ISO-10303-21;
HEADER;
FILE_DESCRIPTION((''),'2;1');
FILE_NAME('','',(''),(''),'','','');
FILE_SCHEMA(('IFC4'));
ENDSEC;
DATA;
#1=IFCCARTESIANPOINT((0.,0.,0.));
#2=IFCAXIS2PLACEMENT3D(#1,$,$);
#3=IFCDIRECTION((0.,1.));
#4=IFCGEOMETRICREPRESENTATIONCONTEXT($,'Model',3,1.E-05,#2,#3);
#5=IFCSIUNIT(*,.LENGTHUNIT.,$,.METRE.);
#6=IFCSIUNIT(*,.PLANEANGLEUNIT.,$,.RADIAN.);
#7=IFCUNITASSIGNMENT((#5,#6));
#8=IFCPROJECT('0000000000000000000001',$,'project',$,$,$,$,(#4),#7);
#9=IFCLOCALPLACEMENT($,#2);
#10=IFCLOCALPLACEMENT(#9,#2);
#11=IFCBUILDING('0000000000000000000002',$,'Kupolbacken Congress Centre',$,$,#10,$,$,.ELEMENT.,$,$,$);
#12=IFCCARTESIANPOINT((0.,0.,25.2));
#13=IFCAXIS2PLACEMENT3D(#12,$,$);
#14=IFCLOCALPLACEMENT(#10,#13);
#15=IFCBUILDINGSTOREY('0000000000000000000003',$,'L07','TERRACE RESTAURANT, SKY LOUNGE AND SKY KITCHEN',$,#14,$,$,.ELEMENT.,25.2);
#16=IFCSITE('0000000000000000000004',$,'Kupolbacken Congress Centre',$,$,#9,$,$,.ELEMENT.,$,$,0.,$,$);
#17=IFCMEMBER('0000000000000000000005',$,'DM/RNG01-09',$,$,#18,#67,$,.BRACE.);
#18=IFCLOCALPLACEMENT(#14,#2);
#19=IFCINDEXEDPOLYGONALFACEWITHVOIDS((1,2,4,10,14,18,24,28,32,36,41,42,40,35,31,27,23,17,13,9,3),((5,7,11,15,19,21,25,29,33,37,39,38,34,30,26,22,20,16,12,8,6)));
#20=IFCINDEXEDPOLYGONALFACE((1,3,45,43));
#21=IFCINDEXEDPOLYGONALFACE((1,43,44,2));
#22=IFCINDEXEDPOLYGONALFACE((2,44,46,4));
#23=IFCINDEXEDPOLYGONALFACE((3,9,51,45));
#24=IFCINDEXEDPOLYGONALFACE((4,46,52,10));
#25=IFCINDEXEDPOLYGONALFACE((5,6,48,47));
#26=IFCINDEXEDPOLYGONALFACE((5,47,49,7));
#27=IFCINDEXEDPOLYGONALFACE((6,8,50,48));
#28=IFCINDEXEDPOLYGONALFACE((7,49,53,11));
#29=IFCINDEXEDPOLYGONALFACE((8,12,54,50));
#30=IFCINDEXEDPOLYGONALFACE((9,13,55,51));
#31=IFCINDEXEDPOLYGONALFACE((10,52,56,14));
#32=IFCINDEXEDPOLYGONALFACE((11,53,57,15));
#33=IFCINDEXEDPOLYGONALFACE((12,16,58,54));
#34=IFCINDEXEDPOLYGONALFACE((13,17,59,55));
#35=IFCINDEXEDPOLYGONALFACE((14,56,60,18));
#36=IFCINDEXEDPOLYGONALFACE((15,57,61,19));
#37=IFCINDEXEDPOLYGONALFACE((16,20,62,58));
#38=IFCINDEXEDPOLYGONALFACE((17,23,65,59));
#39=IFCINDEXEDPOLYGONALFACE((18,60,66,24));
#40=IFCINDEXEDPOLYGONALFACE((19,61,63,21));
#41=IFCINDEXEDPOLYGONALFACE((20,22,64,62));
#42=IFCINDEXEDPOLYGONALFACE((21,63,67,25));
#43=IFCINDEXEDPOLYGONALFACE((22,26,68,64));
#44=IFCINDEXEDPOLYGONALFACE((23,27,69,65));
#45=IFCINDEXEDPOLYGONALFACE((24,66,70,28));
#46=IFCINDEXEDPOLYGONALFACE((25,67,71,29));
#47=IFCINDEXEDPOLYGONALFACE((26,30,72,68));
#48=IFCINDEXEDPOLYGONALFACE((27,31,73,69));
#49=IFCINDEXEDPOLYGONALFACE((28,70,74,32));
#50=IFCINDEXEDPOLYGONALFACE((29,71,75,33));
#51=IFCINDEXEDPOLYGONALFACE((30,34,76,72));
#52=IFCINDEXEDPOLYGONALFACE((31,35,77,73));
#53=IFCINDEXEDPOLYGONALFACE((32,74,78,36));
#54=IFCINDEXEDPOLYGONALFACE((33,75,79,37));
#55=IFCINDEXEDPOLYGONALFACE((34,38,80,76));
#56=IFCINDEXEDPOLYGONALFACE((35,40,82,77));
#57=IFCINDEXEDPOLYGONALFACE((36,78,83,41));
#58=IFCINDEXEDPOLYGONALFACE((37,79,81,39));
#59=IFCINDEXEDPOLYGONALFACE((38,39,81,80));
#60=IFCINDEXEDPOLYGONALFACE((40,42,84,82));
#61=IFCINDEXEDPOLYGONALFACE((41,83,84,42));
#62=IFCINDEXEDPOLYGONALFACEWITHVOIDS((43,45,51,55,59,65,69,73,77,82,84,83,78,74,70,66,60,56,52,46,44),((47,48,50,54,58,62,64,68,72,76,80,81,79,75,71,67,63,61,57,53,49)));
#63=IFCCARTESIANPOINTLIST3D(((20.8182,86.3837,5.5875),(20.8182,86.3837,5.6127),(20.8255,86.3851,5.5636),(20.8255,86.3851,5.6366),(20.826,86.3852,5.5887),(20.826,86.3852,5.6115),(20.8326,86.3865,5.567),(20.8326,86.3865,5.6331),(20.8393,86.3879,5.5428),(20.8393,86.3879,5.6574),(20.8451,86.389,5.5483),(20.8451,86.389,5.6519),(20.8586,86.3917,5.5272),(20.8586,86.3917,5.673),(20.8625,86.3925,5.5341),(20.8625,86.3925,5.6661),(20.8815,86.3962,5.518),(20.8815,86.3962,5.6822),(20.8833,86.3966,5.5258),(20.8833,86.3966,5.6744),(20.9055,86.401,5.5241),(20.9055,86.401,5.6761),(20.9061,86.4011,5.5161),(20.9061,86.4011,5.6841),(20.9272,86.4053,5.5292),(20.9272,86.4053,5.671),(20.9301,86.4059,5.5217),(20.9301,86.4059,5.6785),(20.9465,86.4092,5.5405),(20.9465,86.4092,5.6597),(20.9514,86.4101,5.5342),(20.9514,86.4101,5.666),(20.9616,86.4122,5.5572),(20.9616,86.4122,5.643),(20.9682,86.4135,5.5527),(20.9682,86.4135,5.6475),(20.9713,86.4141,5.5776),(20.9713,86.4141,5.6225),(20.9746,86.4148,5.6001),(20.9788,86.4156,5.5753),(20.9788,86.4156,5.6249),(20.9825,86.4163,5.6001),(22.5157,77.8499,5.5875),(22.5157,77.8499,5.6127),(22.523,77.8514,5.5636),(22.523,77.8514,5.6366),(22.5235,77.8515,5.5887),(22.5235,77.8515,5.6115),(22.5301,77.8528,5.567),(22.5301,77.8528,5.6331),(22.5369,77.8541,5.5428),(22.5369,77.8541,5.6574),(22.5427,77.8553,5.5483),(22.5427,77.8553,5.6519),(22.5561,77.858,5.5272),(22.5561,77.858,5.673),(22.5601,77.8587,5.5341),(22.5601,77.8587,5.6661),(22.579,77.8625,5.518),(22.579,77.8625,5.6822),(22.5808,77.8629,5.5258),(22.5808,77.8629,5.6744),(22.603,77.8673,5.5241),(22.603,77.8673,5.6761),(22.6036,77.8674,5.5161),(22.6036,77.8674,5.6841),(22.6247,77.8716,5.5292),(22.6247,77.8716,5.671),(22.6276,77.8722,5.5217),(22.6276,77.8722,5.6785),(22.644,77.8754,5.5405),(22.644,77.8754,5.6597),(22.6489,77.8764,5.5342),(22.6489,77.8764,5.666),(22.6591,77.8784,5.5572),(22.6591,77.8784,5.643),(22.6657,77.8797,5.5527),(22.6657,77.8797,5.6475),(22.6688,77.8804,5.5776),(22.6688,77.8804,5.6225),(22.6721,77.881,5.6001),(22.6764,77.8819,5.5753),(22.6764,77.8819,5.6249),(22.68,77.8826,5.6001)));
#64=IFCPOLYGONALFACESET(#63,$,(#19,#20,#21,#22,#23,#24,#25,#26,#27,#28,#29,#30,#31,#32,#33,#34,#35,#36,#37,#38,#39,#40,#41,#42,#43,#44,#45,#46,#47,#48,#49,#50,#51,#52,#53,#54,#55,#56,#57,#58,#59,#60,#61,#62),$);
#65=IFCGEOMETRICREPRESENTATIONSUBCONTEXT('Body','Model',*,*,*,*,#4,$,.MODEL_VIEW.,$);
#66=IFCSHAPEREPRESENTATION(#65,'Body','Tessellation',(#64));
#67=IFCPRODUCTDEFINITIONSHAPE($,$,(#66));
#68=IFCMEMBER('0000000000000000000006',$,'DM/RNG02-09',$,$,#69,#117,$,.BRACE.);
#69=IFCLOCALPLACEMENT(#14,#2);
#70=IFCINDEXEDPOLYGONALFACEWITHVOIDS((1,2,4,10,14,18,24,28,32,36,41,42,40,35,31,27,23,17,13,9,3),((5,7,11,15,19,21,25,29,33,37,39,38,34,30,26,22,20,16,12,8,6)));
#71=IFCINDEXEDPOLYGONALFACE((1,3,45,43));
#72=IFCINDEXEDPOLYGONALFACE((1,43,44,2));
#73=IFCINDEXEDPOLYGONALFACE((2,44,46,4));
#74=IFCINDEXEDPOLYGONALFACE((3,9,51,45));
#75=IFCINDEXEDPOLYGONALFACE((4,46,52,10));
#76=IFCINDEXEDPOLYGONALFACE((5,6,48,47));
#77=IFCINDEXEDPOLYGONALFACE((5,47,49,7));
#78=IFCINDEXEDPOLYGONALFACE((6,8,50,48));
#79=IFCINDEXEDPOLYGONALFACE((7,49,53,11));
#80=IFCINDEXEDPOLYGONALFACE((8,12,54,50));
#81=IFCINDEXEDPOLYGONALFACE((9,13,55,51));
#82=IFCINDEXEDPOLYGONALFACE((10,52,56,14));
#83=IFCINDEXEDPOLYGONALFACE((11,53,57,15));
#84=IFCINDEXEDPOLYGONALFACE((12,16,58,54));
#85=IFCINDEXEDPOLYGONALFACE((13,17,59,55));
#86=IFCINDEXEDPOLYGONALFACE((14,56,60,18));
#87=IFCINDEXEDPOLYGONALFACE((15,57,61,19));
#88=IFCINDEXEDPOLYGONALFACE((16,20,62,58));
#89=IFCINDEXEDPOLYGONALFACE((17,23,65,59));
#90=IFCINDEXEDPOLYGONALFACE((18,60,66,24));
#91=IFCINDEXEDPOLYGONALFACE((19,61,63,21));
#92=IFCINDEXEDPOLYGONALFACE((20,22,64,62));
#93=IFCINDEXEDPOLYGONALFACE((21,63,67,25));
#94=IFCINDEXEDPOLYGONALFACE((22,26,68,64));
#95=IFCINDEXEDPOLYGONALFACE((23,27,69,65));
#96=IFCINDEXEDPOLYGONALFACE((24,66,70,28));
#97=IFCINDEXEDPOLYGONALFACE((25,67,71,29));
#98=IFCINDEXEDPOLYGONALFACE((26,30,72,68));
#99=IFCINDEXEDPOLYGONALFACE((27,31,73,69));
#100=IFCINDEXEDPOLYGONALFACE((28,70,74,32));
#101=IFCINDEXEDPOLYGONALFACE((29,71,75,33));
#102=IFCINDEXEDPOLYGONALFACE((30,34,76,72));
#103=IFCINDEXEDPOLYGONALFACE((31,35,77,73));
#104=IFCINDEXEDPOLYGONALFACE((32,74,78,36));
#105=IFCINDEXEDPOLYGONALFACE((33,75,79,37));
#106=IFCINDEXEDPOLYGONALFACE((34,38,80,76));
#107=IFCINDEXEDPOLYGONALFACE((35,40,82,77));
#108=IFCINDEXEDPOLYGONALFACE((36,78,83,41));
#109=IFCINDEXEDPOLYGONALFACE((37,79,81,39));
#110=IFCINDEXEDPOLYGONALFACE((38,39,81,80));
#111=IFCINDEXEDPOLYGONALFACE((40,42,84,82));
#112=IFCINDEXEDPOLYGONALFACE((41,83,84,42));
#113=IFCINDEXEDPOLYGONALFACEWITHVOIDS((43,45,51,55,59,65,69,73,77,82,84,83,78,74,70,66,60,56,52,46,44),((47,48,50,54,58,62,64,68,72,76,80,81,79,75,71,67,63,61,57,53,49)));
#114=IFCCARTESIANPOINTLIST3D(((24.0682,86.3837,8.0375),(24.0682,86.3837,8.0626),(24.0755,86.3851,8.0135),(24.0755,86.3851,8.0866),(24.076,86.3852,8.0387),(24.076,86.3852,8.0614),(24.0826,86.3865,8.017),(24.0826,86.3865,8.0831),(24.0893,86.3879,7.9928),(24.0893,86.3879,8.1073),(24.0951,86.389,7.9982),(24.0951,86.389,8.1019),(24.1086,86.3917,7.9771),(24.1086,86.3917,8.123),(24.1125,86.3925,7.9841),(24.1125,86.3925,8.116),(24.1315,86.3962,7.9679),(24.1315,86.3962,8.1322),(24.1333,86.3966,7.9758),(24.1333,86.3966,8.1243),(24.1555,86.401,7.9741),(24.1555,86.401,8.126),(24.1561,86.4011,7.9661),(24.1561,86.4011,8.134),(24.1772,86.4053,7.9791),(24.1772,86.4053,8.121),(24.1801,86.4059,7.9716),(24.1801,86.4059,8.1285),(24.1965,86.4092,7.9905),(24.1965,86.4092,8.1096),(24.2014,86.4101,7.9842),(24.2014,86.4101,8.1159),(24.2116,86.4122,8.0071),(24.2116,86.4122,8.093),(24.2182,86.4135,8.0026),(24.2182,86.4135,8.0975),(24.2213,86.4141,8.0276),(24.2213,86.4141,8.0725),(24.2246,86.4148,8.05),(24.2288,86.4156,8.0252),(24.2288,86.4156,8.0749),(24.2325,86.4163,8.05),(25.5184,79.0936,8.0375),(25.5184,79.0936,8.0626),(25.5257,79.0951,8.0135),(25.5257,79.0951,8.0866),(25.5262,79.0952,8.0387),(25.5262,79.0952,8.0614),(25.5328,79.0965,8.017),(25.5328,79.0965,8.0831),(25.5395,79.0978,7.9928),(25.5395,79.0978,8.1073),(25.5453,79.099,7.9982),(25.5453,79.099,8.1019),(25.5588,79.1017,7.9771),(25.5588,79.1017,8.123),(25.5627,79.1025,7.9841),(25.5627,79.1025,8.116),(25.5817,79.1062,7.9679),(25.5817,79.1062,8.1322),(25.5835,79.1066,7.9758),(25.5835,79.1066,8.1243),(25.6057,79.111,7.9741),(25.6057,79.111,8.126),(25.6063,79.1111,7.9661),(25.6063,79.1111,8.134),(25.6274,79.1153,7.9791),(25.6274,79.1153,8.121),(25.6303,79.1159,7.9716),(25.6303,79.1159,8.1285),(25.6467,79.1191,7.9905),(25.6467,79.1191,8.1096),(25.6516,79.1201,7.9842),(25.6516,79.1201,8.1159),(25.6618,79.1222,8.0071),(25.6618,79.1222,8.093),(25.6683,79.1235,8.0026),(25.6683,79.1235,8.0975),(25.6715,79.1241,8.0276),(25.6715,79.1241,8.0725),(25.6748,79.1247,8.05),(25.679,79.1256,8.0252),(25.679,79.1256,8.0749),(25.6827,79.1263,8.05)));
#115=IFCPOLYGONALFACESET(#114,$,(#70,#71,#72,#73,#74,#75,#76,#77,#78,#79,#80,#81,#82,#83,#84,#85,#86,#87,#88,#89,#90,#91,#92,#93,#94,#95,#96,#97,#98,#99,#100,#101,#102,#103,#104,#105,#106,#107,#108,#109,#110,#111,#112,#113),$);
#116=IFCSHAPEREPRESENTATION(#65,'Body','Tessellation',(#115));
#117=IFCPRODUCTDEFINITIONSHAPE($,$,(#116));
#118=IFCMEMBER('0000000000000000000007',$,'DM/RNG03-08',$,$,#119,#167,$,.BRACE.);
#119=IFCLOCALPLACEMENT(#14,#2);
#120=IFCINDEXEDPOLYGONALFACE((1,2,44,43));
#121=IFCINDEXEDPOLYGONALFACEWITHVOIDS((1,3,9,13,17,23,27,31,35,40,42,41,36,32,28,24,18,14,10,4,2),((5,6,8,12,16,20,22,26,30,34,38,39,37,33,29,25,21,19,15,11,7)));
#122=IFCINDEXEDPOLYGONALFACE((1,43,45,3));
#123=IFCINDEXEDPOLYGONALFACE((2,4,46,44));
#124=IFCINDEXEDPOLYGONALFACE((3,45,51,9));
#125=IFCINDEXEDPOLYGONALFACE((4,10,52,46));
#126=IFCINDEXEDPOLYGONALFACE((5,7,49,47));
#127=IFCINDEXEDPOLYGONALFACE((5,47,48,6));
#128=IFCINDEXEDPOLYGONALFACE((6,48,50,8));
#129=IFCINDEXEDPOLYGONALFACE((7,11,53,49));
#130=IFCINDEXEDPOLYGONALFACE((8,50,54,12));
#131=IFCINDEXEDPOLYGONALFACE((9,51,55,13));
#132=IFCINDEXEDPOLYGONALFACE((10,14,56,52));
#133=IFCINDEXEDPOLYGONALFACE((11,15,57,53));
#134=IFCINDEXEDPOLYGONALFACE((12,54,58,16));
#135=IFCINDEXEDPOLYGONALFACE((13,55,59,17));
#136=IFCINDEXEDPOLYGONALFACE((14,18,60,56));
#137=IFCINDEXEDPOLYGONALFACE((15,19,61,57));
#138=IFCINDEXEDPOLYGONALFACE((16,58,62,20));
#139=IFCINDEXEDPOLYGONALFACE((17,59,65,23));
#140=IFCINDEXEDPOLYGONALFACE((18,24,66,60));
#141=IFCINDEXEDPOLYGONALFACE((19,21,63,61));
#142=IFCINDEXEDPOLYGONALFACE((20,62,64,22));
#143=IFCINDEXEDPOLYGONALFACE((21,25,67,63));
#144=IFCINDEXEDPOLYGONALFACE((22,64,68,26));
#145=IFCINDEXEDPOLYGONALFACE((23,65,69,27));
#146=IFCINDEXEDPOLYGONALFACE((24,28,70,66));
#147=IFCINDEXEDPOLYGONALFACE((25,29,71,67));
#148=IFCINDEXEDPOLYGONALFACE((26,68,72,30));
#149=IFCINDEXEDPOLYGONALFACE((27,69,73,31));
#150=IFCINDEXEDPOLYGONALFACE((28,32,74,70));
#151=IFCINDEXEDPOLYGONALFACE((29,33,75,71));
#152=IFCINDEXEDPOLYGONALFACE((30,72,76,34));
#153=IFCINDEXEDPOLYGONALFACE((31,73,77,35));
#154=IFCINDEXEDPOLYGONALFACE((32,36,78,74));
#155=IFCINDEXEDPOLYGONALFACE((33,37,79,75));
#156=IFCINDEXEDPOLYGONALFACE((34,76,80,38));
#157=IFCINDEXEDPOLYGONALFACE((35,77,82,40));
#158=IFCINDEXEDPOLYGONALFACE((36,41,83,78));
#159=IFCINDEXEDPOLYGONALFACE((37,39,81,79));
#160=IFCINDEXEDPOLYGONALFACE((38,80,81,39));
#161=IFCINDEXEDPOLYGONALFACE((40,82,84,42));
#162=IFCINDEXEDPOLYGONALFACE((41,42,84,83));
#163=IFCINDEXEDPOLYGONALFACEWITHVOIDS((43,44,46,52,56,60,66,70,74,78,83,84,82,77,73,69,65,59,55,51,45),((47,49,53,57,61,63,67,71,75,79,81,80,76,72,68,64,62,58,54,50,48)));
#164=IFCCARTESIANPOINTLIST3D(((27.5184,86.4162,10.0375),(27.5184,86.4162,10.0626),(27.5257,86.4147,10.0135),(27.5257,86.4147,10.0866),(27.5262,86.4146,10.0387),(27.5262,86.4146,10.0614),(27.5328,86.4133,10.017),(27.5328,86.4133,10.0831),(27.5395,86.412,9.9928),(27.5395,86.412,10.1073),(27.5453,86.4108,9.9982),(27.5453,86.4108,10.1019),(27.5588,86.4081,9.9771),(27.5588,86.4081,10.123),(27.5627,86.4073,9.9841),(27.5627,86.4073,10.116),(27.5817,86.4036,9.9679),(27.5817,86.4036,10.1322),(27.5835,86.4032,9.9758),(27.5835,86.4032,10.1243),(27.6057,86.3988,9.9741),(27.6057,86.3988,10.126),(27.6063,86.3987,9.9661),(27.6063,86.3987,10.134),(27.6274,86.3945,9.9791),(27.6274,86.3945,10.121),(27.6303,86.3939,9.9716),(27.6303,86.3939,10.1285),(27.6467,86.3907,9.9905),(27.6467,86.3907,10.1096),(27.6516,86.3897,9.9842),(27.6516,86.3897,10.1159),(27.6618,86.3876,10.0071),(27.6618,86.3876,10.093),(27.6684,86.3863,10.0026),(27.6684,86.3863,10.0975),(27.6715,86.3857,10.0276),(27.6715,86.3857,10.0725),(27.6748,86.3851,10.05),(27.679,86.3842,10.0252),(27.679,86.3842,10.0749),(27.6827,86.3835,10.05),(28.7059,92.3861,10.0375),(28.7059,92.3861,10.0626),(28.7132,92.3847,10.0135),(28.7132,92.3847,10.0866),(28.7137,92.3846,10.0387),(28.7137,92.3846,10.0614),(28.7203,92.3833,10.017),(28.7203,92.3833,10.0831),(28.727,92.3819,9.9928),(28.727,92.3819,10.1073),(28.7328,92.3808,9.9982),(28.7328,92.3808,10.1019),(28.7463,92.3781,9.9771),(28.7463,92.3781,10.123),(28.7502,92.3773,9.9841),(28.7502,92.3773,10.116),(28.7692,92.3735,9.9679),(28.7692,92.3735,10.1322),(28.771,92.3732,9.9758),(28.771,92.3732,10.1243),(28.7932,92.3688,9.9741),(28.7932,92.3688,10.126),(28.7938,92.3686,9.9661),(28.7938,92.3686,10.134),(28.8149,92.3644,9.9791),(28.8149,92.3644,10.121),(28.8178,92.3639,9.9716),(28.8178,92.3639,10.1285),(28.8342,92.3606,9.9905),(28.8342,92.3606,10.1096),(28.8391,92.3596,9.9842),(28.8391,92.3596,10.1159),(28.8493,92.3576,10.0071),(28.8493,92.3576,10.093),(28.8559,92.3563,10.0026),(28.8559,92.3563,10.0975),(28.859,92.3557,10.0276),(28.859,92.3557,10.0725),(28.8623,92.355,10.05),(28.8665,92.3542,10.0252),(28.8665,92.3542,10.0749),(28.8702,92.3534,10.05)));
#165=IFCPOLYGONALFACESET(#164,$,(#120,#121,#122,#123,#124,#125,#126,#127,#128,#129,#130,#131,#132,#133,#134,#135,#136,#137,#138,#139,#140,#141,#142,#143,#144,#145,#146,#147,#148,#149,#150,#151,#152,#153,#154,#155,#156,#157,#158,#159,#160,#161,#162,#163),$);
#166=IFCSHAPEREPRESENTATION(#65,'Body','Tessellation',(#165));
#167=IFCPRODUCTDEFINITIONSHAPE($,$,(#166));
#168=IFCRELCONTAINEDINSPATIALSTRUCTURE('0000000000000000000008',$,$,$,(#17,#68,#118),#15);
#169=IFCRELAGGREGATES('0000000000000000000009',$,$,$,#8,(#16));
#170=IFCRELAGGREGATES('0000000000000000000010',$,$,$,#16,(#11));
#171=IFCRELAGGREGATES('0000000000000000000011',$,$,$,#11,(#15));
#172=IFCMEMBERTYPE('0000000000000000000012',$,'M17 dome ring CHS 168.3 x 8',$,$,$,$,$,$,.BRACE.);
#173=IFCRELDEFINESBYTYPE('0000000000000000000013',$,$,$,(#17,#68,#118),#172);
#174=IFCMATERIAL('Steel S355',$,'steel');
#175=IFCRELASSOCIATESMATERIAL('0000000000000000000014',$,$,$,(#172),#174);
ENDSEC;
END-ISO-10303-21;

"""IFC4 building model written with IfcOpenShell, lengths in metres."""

from ifc_helpers import new_model, si_unit, direction, frame, origin, origin_2d, place, context, subcontext, project, spatial, hollow_circle, extrude, material, material_profile, profile_set, type_object, element, save


model = new_model("IFC4")

# Units and contexts
model_context = context("Model", 3, precision=1e-05, world=origin(), true_north=direction((0.0, 1.0)))
body_context = subcontext(model_context, "Body", "Model", "MODEL_VIEW")
ifc_project = project(units=[si_unit("LENGTHUNIT", "METRE"), si_unit("PLANEANGLEUNIT", "RADIAN")], contexts=[model_context])

# Site, building, storey
site_placement = place(None, origin())
site = spatial("IfcSite", under=ifc_project, at=site_placement, Name="Kupolbacken Congress Centre", CompositionType="ELEMENT", RefElevation=0.0)
building_placement = place(site_placement, origin())
building = spatial("IfcBuilding", under=site, at=building_placement, Name="Kupolbacken Congress Centre", CompositionType="ELEMENT")
storey_placement = place(building_placement, frame((0.0, 0.0, 25.2)))
storey = spatial("IfcBuildingStorey", under=building, at=storey_placement, Name="L07", Description="TERRACE RESTAURANT, SKY LOUNGE AND SKY KITCHEN", CompositionType="ELEMENT", Elevation=25.2)

# Members
ifc_material_1 = material(Name="Steel S355", Category="steel")
ifc_material_profile_1 = material_profile(ifc_material_1, hollow_circle(Radius=0.0842, WallThickness=0.0081, at=origin_2d()), Name="CHS 168.3 x 8")
ifc_profile_set_1 = profile_set([ifc_material_profile_1], Name="Steel S355")
member_type_1 = type_object("IfcMemberType", Name="M17 dome ring CHS 168.3 x 8", PredefinedType="BRACE", material=ifc_profile_set_1)
member_1_placement = place(storey_placement, frame((20.8999, 86.3999, 5.6001), z_axis=(0.195096, -0.980784, 0.0), x_axis=(0.980784, 0.195096, 0.0)))
element("IfcMember", 1, at=member_1_placement, inside=storey, type_object=member_type_1, Name="DM/RNG01-09", PredefinedType="BRACE", context=body_context, shape_type="SweptSolid", body=[
    extrude(hollow_circle(Radius=0.0842, WallThickness=0.0081, at=origin_2d()), origin(), (0.0, 0.0, 1.0), 8.7009),
])
member_2_placement = place(storey_placement, frame((24.1499, 86.3999, 8.05), z_axis=(0.195105, -0.980782, 0.0), x_axis=(0.980782, 0.195105, 0.0)))
element("IfcMember", 2, at=member_2_placement, inside=storey, type_object=member_type_1, Name="DM/RNG02-09", PredefinedType="BRACE", context=body_context, shape_type="SweptSolid", body=[
    extrude(hollow_circle(Radius=0.0842, WallThickness=0.0081, at=origin_2d()), origin(), (0.0, 0.0, 1.0), 7.4329),
])
member_3_placement = place(storey_placement, frame((28.7876, 92.3699, 10.05), z_axis=(-0.19509, -0.980785, 0.0), x_axis=(0.980785, -0.19509, 0.0)))
element("IfcMember", 3, at=member_3_placement, inside=storey, type_object=member_type_1, Name="DM/RNG03-08", PredefinedType="BRACE", context=body_context, shape_type="SweptSolid", body=[
    extrude(hollow_circle(Radius=0.0842, WallThickness=0.0081, at=origin_2d()), origin(), (0.0, 0.0, 1.0), 6.0869),
])

save(model, "model.ifc")
